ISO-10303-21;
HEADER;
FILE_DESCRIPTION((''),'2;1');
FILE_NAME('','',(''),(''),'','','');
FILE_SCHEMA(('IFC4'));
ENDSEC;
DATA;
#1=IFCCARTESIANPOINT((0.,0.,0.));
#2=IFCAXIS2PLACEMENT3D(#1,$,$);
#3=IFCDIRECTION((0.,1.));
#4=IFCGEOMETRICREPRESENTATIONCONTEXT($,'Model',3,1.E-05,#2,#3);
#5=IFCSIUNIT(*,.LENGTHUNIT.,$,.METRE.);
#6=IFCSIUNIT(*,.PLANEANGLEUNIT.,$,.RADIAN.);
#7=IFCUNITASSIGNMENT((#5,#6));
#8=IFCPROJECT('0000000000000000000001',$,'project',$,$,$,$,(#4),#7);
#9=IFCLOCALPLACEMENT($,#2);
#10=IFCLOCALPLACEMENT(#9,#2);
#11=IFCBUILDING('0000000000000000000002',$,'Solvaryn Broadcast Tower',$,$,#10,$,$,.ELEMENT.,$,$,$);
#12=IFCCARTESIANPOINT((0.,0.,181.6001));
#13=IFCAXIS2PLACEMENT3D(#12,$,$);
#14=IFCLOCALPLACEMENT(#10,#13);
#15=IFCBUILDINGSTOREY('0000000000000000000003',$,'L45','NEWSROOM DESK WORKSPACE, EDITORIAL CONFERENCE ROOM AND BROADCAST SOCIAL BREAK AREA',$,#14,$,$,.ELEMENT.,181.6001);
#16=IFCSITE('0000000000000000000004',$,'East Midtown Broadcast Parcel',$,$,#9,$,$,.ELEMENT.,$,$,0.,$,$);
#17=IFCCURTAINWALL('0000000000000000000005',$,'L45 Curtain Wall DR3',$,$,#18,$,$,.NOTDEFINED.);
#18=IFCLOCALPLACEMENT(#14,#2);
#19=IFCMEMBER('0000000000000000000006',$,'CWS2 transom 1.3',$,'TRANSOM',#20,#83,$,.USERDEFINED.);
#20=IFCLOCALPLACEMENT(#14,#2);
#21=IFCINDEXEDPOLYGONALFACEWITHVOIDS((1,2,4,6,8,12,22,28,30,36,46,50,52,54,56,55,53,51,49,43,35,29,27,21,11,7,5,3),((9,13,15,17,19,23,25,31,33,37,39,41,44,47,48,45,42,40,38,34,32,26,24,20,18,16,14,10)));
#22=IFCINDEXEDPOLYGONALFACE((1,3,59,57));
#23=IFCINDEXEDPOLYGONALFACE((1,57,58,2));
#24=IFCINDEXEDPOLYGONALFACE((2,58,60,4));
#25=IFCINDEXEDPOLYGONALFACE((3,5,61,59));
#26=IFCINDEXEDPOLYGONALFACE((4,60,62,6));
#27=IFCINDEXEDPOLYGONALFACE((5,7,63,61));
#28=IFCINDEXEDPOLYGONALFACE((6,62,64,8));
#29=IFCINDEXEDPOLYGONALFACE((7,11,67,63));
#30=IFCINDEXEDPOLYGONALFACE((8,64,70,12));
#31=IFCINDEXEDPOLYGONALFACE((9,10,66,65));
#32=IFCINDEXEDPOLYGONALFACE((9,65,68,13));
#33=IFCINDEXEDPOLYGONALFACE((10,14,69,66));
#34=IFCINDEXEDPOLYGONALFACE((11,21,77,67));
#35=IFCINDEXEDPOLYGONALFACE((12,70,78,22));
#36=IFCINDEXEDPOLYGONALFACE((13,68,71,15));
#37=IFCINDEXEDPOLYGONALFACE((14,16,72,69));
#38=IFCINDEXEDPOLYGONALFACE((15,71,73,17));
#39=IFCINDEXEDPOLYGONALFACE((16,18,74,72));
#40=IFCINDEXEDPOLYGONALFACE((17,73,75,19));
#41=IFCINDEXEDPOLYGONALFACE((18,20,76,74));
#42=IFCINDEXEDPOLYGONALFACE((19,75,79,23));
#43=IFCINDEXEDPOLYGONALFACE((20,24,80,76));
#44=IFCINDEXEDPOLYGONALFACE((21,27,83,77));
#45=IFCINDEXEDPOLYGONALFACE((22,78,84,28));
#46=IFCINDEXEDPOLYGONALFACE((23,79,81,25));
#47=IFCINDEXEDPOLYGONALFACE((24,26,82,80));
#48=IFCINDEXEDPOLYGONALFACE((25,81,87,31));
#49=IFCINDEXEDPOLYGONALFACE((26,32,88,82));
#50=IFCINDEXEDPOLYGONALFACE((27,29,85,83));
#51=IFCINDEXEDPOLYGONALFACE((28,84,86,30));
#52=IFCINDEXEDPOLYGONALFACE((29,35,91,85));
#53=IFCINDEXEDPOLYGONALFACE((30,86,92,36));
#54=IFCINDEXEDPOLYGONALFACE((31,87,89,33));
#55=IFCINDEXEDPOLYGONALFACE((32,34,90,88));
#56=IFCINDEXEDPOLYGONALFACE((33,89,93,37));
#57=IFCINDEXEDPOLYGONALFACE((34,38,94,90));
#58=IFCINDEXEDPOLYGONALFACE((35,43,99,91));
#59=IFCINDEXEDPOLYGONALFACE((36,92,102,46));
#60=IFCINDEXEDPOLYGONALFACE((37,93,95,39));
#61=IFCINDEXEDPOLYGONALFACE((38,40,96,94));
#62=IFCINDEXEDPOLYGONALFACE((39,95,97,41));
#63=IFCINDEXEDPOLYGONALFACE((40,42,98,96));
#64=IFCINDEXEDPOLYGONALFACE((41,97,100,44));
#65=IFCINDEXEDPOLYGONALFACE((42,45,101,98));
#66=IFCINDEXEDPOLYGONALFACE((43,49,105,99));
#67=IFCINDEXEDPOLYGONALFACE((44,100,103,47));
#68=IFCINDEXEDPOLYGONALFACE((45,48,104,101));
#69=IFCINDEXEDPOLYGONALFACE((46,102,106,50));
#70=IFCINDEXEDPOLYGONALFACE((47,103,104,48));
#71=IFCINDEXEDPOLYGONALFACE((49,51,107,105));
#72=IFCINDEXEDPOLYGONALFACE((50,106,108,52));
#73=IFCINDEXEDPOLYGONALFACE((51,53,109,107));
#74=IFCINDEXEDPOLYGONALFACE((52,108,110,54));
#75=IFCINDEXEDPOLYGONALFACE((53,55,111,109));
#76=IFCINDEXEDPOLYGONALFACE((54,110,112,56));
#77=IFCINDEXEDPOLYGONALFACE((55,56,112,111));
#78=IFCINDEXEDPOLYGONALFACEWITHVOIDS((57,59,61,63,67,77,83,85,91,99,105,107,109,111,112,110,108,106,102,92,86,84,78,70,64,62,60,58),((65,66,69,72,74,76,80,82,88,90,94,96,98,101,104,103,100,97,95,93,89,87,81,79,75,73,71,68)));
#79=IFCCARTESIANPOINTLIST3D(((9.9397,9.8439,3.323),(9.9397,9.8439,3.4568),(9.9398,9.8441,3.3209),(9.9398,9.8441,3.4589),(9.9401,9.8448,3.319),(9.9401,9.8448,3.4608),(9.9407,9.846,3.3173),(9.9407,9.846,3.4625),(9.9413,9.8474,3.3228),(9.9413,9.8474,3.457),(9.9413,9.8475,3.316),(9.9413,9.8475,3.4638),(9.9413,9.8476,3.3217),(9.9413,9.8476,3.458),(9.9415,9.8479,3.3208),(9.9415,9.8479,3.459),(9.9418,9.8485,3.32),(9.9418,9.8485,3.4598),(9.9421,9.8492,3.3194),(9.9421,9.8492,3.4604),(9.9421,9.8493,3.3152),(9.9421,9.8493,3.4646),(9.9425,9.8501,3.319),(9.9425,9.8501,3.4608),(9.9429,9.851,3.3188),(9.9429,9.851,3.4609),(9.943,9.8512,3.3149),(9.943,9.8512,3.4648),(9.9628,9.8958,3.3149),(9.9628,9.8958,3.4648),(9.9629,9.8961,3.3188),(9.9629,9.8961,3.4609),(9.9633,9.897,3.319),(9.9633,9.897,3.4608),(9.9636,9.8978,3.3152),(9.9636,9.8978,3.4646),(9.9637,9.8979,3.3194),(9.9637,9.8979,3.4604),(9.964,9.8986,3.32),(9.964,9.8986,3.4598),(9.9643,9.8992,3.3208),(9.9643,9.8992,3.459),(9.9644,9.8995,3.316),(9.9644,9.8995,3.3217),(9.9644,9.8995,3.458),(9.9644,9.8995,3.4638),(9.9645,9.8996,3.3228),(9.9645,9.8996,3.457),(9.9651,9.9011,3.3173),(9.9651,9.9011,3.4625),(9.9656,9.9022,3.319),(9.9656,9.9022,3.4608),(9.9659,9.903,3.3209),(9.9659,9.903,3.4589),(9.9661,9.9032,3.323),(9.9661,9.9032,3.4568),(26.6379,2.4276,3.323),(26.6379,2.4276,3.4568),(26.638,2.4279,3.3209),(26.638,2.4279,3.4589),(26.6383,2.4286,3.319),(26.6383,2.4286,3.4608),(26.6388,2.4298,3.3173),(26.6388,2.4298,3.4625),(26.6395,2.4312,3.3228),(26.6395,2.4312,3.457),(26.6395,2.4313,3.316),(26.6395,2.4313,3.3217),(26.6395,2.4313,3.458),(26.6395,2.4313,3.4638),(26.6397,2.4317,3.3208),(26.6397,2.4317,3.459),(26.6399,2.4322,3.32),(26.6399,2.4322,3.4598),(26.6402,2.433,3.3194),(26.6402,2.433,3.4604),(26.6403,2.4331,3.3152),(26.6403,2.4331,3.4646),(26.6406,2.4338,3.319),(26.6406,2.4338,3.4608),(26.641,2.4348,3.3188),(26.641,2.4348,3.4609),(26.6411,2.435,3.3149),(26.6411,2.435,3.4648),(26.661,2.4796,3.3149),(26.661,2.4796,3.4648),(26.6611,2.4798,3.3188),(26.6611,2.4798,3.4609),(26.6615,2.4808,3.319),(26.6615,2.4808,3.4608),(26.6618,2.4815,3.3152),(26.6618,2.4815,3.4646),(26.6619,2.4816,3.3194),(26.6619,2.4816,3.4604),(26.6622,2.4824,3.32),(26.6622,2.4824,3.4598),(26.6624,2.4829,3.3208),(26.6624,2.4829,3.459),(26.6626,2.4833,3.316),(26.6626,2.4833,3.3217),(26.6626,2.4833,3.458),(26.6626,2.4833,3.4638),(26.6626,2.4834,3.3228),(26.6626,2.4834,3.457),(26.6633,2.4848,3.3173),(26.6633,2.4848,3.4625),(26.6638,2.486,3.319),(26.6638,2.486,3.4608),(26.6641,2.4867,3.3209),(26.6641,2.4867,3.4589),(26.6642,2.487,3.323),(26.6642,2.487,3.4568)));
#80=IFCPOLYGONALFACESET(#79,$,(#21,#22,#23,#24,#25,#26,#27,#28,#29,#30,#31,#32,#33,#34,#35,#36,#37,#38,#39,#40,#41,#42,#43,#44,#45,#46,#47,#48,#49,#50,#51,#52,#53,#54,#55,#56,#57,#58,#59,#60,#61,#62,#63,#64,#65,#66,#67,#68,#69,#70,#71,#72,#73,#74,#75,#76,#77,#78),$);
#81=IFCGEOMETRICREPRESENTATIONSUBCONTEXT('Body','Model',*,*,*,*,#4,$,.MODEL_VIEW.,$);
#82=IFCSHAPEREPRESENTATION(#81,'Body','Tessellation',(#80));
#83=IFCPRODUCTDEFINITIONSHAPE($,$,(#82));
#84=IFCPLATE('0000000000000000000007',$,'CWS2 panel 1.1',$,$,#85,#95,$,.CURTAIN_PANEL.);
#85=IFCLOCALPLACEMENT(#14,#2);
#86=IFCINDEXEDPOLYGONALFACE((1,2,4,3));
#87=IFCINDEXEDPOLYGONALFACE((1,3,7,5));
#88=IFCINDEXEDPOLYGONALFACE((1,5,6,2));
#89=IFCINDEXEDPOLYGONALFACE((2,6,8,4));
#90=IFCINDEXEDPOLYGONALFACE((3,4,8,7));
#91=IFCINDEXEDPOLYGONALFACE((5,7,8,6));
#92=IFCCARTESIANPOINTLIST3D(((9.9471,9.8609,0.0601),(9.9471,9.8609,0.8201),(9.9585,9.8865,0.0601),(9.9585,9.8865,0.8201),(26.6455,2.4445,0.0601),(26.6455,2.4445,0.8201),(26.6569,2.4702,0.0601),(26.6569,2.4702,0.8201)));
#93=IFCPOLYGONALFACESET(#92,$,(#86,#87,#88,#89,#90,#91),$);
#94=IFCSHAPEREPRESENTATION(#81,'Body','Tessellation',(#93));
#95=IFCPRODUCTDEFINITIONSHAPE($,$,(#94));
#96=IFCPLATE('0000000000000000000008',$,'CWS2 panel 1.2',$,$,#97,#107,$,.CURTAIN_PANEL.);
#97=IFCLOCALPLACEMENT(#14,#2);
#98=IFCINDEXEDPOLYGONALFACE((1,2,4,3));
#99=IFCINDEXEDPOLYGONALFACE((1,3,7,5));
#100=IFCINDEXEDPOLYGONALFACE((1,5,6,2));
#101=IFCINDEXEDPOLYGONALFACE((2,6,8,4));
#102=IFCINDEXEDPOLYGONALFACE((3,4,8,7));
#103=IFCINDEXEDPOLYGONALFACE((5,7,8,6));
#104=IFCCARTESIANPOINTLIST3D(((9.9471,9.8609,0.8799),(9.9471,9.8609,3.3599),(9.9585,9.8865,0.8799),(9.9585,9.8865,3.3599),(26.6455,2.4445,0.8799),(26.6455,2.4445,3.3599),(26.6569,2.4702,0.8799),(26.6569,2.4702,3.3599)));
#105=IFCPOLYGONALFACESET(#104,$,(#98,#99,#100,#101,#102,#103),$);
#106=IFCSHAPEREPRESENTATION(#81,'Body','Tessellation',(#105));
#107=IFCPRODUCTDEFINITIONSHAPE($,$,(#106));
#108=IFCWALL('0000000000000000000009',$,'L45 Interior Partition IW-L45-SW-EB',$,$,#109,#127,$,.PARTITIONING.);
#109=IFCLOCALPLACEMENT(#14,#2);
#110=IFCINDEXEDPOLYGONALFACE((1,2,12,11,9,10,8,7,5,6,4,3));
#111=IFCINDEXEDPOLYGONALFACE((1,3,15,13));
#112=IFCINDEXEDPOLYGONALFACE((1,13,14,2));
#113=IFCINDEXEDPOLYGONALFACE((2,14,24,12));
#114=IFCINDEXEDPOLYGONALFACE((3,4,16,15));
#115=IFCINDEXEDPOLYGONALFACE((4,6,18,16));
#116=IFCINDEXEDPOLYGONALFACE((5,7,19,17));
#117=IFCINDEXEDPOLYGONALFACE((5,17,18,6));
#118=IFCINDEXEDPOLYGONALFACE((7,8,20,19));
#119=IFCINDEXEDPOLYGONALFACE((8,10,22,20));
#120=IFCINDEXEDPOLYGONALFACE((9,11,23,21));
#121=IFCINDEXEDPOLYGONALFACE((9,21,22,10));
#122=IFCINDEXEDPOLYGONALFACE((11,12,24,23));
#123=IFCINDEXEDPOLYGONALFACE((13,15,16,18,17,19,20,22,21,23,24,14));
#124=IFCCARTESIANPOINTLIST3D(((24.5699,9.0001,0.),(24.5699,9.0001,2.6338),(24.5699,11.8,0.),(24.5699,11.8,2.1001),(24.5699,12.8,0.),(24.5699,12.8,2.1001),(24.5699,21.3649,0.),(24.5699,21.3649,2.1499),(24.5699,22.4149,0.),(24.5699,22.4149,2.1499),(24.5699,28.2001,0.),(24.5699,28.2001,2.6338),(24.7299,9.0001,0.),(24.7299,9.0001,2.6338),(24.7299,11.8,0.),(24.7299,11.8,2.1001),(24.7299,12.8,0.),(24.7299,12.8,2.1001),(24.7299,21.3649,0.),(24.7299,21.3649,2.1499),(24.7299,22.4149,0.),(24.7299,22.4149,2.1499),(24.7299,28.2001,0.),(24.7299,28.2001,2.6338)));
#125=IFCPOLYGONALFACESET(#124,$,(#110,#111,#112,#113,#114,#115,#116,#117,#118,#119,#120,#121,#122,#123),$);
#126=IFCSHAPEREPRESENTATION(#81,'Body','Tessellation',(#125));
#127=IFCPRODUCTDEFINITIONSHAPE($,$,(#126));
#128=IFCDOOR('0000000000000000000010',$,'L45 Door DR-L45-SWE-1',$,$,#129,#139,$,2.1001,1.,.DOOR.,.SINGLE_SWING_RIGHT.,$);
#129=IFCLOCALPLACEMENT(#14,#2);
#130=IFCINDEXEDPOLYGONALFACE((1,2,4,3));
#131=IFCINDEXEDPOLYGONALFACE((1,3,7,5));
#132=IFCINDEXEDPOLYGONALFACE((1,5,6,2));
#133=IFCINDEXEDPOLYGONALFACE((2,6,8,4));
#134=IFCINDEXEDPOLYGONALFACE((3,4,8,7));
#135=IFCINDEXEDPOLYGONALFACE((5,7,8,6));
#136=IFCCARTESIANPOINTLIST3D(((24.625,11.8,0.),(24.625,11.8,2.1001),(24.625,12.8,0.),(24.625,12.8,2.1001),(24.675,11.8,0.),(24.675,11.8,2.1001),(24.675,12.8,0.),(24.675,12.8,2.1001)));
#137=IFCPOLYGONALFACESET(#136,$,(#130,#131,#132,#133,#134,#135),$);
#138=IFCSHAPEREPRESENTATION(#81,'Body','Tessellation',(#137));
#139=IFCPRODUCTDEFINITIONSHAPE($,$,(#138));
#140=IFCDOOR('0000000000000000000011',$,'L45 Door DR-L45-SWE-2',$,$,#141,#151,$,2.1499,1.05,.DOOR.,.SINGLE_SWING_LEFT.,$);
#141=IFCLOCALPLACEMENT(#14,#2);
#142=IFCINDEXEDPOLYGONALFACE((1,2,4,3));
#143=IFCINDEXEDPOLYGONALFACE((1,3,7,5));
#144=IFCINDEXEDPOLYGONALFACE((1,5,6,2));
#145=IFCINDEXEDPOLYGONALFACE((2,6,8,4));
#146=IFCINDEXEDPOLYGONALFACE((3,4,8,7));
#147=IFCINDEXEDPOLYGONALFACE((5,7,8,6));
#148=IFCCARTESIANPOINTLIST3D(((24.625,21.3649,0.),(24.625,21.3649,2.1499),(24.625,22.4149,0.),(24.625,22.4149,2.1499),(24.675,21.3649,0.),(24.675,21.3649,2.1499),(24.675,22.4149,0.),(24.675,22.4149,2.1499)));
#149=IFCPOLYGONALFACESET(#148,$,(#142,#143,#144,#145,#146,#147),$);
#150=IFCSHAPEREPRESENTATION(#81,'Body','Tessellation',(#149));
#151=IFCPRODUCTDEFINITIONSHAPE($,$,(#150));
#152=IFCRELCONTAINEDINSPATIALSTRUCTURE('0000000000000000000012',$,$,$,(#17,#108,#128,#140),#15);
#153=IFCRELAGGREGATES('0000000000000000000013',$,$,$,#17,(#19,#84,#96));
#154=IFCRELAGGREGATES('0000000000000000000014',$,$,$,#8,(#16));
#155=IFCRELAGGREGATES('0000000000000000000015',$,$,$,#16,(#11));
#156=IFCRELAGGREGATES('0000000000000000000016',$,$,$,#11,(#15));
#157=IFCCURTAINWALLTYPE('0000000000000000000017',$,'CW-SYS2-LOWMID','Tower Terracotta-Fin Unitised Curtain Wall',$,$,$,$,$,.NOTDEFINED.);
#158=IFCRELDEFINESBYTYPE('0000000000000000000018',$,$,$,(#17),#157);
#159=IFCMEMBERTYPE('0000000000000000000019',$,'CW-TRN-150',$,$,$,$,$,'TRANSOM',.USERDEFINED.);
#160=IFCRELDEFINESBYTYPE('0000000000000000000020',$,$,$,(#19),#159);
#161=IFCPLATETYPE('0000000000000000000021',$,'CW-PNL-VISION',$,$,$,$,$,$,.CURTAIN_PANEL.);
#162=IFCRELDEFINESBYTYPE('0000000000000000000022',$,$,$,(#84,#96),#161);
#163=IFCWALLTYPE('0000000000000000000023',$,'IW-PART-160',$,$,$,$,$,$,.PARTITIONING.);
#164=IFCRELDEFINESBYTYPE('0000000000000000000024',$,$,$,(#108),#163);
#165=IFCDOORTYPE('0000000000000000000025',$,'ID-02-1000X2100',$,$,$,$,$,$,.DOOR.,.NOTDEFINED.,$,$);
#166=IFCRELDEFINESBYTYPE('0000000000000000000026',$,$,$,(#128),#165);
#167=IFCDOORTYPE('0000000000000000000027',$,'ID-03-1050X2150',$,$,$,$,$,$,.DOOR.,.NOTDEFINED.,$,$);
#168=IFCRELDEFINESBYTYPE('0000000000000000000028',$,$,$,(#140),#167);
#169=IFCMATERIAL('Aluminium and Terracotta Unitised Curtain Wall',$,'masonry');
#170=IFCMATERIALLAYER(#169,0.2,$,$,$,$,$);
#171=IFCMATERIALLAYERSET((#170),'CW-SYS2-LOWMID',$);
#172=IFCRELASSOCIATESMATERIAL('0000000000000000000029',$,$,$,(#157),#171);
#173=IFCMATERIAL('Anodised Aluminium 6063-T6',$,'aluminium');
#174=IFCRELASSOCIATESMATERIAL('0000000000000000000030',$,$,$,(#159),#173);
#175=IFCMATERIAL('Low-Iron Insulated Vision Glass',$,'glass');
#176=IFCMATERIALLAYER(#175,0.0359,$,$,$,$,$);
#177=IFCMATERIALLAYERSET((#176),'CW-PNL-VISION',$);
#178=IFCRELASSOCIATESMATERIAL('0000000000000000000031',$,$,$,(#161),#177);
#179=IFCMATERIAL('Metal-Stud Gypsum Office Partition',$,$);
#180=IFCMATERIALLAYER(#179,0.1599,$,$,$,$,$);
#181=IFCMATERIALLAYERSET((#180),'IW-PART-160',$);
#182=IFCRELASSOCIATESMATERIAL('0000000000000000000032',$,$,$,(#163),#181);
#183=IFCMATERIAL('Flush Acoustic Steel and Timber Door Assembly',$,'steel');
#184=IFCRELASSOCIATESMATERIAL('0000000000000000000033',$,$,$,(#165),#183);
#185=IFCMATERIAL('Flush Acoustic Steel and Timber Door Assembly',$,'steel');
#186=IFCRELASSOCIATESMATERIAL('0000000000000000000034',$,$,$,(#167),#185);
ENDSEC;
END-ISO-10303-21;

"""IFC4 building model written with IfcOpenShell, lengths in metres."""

from ifc_helpers import new_model, si_unit, direction, frame, frame_2d, origin, origin_2d, place, context, subcontext, project, spatial, rectangle, hollow_rectangle, extrude, material, layer, layer_set, material_profile, profile_set, type_object, element, fill, aggregate, save


model = new_model("IFC4")

# Units and contexts
model_context = context("Model", 3, precision=1e-05, world=origin(), true_north=direction((0.0, 1.0)))
body_context = subcontext(model_context, "Body", "Model", "MODEL_VIEW")
ifc_project = project(units=[si_unit("LENGTHUNIT", "METRE"), si_unit("PLANEANGLEUNIT", "RADIAN")], contexts=[model_context])

# Site, building, storey
site_placement = place(None, origin())
site = spatial("IfcSite", under=ifc_project, at=site_placement, Name="East Midtown Broadcast Parcel", CompositionType="ELEMENT", RefElevation=0.0)
building_placement = place(site_placement, origin())
building = spatial("IfcBuilding", under=site, at=building_placement, Name="Solvaryn Broadcast Tower", CompositionType="ELEMENT")
storey_placement = place(building_placement, frame((0.0, 0.0, 181.6001)))
storey = spatial("IfcBuildingStorey", under=building, at=storey_placement, Name="L45", Description="NEWSROOM DESK WORKSPACE, EDITORIAL CONFERENCE ROOM AND BROADCAST SOCIAL BREAK AREA", CompositionType="ELEMENT", Elevation=181.6001)

# Shared definitions
ifc_material_1 = material(Name="Aluminium and Terracotta Unitised Curtain Wall", Category="masonry")
ifc_layer_1 = layer(ifc_material_1, 0.2)
ifc_layer_set_1 = layer_set([ifc_layer_1], Name="CW-SYS2-LOWMID")
curtain_wall_type = type_object("IfcCurtainWallType", Name="CW-SYS2-LOWMID", Description="Tower Terracotta-Fin Unitised Curtain Wall", PredefinedType="NOTDEFINED", material=ifc_layer_set_1)

# Curtain wall, member, plates
curtain_wall_1_placement = place(storey_placement, origin())
curtain_wall_1 = element("IfcCurtainWall", 1, at=curtain_wall_1_placement, inside=storey, type_object=curtain_wall_type, Name="L45 Curtain Wall DR3", PredefinedType="NOTDEFINED")
ifc_material_2 = material(Name="Anodised Aluminium 6063-T6", Category="aluminium")
ifc_material_profile_1 = material_profile(ifc_material_2, hollow_rectangle(XDim=0.0649, YDim=0.1499, WallThickness=0.0039, InnerFilletRadius=0.0039, OuterFilletRadius=0.0081, at=origin_2d()))
ifc_profile_set_1 = profile_set([ifc_material_profile_1], Name="Anodised Aluminium 6063-T6")
member_type_1 = type_object("IfcMemberType", Name="CW-TRN-150", ElementType="TRANSOM", PredefinedType="USERDEFINED", material=ifc_profile_set_1)
member_1_placement = place(storey_placement, frame((9.9529, 9.8735, 3.3899), z_axis=(0.913917, -0.405902, 0.0), x_axis=(0.405902, 0.913917, 0.0)))
member_1 = element("IfcMember", 2, at=member_1_placement, type_object=member_type_1, Name="CWS2 transom 1.3", ObjectType="TRANSOM", PredefinedType="USERDEFINED", context=body_context, shape_type="SweptSolid", body=[
    extrude(hollow_rectangle(XDim=0.0649, YDim=0.1499, WallThickness=0.0039, InnerFilletRadius=0.0039, OuterFilletRadius=0.0081, at=origin_2d()), origin(), (0.0, 0.0, 1.0), 18.271),
])
ifc_material_3 = material(Name="Low-Iron Insulated Vision Glass", Category="glass")
ifc_layer_2 = layer(ifc_material_3, 0.0359)
ifc_layer_set_2 = layer_set([ifc_layer_2], Name="CW-PNL-VISION")
plate_type = type_object("IfcPlateType", Name="CW-PNL-VISION", PredefinedType="CURTAIN_PANEL", material=ifc_layer_set_2)
plate_1_placement = place(storey_placement, frame((18.302, 6.1655, 0.0601), z_axis=(0.0, 0.0, 1.0), x_axis=(0.913917, -0.405901, 0.0)))
plate_1 = element("IfcPlate", 3, at=plate_1_placement, type_object=plate_type, Name="CWS2 panel 1.1", PredefinedType="CURTAIN_PANEL", context=body_context, shape_type="SweptSolid", body=[
    extrude(rectangle(XDim=18.2712, YDim=0.0281, at=origin_2d()), origin(), (0.0, 0.0, 1.0), 0.76),
])
plate_2_placement = place(storey_placement, frame((18.302, 6.1655, 0.8799), z_axis=(0.0, 0.0, 1.0), x_axis=(0.913917, -0.405901, 0.0)))
plate_2 = element("IfcPlate", 4, at=plate_2_placement, type_object=plate_type, Name="CWS2 panel 1.2", PredefinedType="CURTAIN_PANEL", context=body_context, shape_type="SweptSolid", body=[
    extrude(rectangle(XDim=18.2712, YDim=0.0281, at=origin_2d()), origin(), (0.0, 0.0, 1.0), 2.48),
])
aggregate(curtain_wall_1, [member_1, plate_1, plate_2])

# Wall, openings, doors
ifc_material_4 = material(Name="Metal-Stud Gypsum Office Partition")
ifc_layer_3 = layer(ifc_material_4, 0.1599)
ifc_layer_set_3 = layer_set([ifc_layer_3], Name="IW-PART-160")
wall_type_1 = type_object("IfcWallType", Name="IW-PART-160", PredefinedType="PARTITIONING", material=ifc_layer_set_3)
wall_1_placement = place(storey_placement, frame((24.6499, 9.0, 0.0), z_axis=(0.0, 0.0, 1.0), x_axis=(0.0, 1.0, 0.0)))
wall_1 = element("IfcWall", 5, at=wall_1_placement, inside=storey, type_object=wall_type_1, Name="L45 Interior Partition IW-L45-SW-EB", PredefinedType="PARTITIONING", context=body_context, shape_type="SweptSolid", body=[
    extrude(rectangle(XDim=19.2, YDim=0.1599, at=frame_2d((9.6001, 0.0))), origin(), (0.0, 0.0, 1.0), 2.6338),
])
opening_1_placement = place(wall_1_placement, frame((2.8, 0.0, 0.0)))
opening_1 = element("IfcOpeningElement", 6, at=opening_1_placement, cuts=wall_1, PredefinedType="OPENING", context=body_context, shape_type="SweptSolid", body=[
    extrude(rectangle(XDim=1.0, YDim=2.1001, at=frame_2d((0.5, 1.05))), frame((0.0, 0.0901, 0.0), z_axis=(0.0, -1.0, 0.0), x_axis=(1.0, 0.0, 0.0)), (0.0, 0.0, 1.0), 0.1799),
])
opening_2_placement = place(wall_1_placement, frame((12.365, 0.0, 0.0)))
opening_2 = element("IfcOpeningElement", 7, at=opening_2_placement, cuts=wall_1, PredefinedType="OPENING", context=body_context, shape_type="SweptSolid", body=[
    extrude(rectangle(XDim=1.05, YDim=2.1499, at=frame_2d((0.5249, 1.075))), frame((0.0, 0.0901, 0.0), z_axis=(0.0, -1.0, 0.0), x_axis=(1.0, 0.0, 0.0)), (0.0, 0.0, 1.0), 0.1799),
])
ifc_material_5 = material(Name="Flush Acoustic Steel and Timber Door Assembly", Category="steel")
door_type_1 = type_object("IfcDoorType", Name="ID-02-1000X2100", OperationType="NOTDEFINED", PredefinedType="DOOR", material=ifc_material_5)
door_1_placement = place(opening_1_placement, origin())
door_1 = element("IfcDoor", 8, at=door_1_placement, inside=storey, type_object=door_type_1, Name="L45 Door DR-L45-SWE-1", OperationType="SINGLE_SWING_RIGHT", OverallHeight=2.1001, OverallWidth=1.0, PredefinedType="DOOR", context=body_context, shape_type="SweptSolid", body=[
    extrude(rectangle(XDim=1.0, YDim=2.1001, at=frame_2d((0.5, 1.05))), frame((0.0, 0.0249, 0.0), z_axis=(0.0, -1.0, 0.0), x_axis=(1.0, 0.0, 0.0)), (0.0, 0.0, 1.0), 0.05),
])
fill(opening_1, door_1)
ifc_material_6 = material(Name="Flush Acoustic Steel and Timber Door Assembly", Category="steel")
door_type_2 = type_object("IfcDoorType", Name="ID-03-1050X2150", OperationType="NOTDEFINED", PredefinedType="DOOR", material=ifc_material_6)
door_2_placement = place(opening_2_placement, origin())
door_2 = element("IfcDoor", 9, at=door_2_placement, inside=storey, type_object=door_type_2, Name="L45 Door DR-L45-SWE-2", OperationType="SINGLE_SWING_LEFT", OverallHeight=2.1499, OverallWidth=1.05, PredefinedType="DOOR", context=body_context, shape_type="SweptSolid", body=[
    extrude(rectangle(XDim=1.05, YDim=2.1499, at=frame_2d((0.5249, 1.075))), frame((0.0, 0.0249, 0.0), z_axis=(0.0, -1.0, 0.0), x_axis=(1.0, 0.0, 0.0)), (0.0, 0.0, 1.0), 0.05),
])
fill(opening_2, door_2)

save(model, "model.ifc")
